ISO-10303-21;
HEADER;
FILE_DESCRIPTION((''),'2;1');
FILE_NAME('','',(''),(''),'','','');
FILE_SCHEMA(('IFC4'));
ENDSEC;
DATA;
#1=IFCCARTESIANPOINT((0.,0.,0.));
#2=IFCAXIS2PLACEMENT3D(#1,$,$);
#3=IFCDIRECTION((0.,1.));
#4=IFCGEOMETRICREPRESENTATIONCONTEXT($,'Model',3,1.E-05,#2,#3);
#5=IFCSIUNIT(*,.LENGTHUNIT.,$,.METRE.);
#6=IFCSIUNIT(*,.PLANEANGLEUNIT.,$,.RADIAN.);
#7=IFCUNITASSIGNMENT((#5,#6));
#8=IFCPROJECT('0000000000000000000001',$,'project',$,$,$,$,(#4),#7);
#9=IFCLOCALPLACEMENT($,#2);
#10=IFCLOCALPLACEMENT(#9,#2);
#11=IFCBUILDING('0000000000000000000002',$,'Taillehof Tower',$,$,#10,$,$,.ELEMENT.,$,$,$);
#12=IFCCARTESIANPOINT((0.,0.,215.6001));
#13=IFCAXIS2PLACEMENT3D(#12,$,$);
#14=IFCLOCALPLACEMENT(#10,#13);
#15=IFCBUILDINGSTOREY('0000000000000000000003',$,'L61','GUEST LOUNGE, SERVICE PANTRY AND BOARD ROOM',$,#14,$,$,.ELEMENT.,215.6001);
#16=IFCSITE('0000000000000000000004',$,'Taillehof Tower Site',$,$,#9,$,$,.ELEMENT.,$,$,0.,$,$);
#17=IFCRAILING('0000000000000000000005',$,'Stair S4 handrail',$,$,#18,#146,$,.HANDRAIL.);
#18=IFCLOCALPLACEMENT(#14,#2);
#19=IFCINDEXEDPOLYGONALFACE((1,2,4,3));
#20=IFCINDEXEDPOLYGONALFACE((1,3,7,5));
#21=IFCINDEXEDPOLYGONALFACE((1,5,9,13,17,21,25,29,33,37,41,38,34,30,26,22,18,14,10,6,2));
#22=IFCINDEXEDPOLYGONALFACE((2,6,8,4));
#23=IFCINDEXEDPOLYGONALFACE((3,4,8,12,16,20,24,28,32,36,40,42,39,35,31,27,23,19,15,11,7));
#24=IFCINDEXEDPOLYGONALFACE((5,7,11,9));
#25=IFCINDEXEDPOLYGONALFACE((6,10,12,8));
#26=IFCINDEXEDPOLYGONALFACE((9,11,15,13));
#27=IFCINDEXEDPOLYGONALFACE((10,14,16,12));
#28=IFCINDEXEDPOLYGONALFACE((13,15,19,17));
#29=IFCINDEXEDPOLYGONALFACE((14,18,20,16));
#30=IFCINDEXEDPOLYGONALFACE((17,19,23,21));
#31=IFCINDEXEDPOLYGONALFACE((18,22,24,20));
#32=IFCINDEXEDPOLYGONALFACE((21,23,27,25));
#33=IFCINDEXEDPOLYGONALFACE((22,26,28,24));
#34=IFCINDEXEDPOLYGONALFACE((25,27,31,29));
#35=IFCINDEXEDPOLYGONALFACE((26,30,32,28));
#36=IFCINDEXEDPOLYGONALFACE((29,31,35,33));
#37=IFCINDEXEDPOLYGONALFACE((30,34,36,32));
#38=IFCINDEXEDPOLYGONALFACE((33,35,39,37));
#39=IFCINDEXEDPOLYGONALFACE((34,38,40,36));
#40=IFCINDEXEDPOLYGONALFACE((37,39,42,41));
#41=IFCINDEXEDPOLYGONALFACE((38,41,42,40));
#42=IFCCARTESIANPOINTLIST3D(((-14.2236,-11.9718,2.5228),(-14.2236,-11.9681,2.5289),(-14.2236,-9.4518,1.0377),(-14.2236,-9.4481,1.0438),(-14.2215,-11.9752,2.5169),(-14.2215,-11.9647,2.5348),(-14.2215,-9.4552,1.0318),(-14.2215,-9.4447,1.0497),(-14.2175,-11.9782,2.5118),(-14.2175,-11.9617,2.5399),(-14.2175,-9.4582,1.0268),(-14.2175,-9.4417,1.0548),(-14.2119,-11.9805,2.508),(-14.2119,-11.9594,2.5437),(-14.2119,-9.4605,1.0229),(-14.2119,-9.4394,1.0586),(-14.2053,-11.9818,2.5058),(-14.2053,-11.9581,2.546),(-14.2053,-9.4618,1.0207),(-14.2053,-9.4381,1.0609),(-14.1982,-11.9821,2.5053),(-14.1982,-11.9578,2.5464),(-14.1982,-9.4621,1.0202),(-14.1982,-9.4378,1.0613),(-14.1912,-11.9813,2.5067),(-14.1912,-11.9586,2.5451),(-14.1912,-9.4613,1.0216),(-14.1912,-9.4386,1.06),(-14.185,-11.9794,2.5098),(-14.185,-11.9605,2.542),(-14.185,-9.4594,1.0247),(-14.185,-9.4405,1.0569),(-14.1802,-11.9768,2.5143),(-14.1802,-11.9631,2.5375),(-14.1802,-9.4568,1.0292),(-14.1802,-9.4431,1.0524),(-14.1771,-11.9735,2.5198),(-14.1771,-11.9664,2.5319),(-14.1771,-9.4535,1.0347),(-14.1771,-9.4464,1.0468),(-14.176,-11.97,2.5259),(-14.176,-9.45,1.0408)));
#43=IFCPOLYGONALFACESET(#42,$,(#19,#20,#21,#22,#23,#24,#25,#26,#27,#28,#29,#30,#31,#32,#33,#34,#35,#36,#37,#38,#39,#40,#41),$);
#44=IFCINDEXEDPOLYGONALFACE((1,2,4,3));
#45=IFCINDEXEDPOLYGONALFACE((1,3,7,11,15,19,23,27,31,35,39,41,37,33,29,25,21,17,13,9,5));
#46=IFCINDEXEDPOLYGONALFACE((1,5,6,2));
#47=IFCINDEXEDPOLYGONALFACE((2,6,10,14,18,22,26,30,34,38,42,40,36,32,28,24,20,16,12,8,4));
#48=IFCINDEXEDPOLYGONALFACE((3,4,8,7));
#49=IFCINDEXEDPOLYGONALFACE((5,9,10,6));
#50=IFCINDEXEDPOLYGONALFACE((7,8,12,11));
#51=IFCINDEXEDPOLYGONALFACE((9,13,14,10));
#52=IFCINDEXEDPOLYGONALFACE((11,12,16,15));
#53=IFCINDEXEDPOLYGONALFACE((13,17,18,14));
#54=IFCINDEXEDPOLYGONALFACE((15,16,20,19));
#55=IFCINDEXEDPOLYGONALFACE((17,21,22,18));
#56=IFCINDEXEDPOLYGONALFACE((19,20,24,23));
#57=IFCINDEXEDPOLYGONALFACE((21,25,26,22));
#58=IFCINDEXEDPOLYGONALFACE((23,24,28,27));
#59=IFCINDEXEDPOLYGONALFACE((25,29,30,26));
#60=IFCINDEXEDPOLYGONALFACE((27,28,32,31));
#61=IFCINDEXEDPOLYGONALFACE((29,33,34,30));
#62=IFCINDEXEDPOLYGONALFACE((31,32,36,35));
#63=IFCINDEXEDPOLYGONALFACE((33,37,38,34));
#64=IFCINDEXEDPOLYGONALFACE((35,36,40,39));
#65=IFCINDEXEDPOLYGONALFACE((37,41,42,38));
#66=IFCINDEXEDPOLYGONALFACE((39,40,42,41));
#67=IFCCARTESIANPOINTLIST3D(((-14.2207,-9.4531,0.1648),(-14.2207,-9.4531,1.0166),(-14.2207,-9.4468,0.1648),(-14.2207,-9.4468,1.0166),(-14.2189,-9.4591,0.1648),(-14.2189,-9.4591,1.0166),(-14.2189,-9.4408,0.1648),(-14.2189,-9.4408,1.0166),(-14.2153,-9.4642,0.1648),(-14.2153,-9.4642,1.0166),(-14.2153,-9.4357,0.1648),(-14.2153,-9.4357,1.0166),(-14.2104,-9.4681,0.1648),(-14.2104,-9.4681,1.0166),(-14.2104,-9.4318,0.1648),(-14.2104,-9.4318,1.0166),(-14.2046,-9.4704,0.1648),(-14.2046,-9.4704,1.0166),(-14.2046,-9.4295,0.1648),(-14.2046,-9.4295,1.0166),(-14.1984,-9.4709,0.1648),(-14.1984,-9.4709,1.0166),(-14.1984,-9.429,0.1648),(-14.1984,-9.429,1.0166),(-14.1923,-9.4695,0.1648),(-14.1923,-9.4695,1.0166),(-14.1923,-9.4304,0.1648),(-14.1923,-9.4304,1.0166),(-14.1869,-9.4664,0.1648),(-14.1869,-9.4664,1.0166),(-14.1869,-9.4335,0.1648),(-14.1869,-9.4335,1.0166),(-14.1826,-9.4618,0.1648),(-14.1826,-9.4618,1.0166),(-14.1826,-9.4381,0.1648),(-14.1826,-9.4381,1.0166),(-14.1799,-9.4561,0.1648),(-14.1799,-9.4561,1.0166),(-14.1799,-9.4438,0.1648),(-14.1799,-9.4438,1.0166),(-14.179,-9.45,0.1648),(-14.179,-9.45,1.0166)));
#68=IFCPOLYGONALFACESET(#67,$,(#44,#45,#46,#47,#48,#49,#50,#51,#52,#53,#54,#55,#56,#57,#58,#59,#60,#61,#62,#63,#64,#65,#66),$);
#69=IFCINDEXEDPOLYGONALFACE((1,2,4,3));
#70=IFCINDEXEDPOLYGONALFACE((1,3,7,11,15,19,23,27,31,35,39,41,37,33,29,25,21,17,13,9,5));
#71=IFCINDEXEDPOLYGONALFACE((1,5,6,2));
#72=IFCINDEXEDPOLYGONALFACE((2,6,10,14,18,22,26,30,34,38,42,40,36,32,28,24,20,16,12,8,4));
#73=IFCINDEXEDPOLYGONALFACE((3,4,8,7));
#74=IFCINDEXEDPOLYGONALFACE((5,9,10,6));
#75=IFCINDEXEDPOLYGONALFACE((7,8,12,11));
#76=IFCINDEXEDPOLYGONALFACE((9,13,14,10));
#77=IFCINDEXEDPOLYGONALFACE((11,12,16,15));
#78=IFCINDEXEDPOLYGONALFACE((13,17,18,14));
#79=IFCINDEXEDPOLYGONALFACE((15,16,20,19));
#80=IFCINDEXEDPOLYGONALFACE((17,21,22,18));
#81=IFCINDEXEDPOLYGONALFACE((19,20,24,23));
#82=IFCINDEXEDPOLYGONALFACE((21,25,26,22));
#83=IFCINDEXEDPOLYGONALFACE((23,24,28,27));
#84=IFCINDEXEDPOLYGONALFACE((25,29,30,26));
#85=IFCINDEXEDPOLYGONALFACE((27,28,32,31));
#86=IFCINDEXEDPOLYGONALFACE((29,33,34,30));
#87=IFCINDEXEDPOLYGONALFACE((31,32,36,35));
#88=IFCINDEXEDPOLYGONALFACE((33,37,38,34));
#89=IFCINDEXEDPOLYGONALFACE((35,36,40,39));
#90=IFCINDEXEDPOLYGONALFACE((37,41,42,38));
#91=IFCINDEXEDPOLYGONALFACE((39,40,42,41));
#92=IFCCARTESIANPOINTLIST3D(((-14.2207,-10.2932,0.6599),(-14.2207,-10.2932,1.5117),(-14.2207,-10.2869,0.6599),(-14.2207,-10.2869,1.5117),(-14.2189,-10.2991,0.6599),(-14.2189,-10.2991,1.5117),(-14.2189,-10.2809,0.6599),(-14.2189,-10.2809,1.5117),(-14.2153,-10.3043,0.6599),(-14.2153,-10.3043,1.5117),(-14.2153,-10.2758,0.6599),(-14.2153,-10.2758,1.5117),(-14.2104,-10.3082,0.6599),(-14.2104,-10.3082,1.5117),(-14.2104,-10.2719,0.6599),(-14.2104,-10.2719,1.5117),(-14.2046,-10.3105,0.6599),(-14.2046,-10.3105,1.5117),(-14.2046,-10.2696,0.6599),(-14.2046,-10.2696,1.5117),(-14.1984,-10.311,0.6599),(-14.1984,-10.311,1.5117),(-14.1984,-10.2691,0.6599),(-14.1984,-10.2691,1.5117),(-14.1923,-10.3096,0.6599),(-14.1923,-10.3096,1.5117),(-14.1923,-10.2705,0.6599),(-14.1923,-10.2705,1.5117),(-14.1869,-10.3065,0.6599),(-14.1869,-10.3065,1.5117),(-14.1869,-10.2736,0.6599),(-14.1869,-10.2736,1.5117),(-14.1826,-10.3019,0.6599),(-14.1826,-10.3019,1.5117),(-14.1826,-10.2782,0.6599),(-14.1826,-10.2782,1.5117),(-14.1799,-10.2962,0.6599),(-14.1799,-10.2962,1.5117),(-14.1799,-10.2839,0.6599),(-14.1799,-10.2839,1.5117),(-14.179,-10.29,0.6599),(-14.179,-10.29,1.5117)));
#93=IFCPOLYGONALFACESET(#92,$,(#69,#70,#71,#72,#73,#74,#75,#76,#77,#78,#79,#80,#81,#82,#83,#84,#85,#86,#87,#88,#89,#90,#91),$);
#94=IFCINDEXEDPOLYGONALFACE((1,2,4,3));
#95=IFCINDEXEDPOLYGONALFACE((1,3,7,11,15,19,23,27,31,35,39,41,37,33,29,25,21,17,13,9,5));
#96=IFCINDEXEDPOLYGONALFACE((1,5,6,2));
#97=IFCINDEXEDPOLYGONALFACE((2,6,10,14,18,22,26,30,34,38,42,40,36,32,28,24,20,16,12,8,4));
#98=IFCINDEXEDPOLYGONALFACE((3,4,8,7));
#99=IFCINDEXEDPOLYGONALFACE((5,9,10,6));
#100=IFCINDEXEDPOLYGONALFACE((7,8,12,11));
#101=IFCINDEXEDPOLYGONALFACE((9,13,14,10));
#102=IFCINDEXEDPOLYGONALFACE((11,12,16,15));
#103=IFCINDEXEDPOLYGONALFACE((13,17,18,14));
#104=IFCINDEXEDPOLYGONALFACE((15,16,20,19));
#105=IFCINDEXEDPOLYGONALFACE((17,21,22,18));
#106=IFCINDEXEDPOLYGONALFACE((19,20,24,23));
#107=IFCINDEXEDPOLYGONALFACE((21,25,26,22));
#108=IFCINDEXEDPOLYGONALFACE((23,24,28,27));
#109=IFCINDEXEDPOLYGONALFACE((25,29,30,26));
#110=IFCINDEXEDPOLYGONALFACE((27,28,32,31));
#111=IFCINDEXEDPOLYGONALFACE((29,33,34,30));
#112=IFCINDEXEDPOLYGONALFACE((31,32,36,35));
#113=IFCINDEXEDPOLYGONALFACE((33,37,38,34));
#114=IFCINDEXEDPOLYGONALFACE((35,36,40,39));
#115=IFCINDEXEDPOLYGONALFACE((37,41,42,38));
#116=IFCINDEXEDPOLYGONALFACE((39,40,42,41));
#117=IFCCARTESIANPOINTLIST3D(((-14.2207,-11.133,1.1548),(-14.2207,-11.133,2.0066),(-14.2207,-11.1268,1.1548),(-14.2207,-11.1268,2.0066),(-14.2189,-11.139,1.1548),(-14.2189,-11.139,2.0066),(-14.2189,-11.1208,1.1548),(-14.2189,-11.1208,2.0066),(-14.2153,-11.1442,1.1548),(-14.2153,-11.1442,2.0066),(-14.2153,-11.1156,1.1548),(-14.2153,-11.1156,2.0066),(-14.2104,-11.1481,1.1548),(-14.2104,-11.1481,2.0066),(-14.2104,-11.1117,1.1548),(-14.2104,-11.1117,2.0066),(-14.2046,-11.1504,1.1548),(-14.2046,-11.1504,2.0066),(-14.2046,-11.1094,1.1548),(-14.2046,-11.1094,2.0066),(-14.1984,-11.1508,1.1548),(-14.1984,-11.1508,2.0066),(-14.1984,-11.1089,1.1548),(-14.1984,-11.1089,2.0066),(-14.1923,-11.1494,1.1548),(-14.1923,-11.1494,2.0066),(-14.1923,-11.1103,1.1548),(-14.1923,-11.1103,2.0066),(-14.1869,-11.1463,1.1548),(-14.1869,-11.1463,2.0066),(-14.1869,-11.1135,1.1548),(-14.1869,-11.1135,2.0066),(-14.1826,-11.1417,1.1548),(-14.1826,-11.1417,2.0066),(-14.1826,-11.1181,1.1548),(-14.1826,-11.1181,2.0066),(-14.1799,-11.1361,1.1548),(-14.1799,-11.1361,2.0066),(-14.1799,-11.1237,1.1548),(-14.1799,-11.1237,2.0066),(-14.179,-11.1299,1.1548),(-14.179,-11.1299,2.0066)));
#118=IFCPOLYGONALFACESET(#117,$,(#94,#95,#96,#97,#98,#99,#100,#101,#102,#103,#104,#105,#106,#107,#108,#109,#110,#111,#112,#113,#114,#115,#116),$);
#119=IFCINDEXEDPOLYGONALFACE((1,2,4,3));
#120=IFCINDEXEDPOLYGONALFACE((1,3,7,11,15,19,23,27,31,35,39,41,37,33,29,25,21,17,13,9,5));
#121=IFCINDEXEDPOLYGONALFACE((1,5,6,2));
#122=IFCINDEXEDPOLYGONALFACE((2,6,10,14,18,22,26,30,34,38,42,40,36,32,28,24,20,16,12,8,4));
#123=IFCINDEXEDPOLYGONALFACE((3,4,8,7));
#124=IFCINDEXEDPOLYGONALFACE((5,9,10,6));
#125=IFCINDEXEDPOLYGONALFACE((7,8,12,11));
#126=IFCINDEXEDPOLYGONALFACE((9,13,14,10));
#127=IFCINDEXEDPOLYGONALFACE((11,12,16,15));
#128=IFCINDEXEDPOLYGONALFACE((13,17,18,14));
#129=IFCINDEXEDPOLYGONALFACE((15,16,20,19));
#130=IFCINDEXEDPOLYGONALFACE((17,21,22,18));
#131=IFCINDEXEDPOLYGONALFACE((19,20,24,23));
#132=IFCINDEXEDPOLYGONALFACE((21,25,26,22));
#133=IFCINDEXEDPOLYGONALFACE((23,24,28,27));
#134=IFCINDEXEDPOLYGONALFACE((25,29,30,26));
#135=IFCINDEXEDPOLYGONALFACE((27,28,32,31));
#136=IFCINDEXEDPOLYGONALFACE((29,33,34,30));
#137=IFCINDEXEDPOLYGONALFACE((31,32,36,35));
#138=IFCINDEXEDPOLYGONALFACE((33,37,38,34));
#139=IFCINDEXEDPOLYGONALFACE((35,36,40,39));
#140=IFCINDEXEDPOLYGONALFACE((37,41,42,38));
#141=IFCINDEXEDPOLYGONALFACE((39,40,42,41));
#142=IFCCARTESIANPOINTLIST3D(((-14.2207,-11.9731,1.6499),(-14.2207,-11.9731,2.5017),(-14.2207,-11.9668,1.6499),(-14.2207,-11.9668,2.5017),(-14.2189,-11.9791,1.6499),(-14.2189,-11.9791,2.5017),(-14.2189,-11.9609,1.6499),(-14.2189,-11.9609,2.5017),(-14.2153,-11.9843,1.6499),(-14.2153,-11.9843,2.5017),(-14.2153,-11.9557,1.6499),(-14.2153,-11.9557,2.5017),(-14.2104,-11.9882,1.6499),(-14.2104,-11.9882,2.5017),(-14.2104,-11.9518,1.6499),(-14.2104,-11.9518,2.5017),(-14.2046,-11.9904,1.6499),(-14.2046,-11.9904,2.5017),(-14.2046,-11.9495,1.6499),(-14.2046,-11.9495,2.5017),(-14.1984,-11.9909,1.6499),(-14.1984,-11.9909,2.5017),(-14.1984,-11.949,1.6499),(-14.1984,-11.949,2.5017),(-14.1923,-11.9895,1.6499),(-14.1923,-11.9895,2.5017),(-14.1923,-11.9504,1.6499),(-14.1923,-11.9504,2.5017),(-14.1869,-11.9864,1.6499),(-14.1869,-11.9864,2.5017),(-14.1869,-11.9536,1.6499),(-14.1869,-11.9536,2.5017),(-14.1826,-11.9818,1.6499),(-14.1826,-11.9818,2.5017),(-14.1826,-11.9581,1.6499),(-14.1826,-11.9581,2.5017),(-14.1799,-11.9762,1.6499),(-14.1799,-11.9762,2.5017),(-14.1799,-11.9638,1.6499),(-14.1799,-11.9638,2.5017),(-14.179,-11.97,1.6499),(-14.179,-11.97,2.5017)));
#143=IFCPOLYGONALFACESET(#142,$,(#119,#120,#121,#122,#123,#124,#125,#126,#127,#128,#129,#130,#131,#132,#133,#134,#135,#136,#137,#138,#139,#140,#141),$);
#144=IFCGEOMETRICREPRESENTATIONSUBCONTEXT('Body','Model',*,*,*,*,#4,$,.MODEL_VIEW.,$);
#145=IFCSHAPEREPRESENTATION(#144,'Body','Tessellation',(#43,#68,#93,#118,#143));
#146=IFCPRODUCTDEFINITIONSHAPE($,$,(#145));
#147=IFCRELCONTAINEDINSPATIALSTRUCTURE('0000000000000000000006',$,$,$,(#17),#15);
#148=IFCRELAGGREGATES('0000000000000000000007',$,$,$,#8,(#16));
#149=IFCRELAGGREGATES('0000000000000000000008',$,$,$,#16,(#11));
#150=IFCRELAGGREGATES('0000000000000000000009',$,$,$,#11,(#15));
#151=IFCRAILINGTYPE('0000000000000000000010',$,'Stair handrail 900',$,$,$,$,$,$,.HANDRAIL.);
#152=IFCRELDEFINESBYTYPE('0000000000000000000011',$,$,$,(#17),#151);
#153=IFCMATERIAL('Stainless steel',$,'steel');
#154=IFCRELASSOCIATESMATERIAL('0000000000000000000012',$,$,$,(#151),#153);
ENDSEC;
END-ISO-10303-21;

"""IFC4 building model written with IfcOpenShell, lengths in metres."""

from ifc_helpers import new_model, si_unit, direction, frame, origin, origin_2d, place, context, subcontext, project, spatial, circle, extrude, material, type_object, element, save


model = new_model("IFC4")

# Units and contexts
model_context = context("Model", 3, precision=1e-05, world=origin(), true_north=direction((0.0, 1.0)))
body_context = subcontext(model_context, "Body", "Model", "MODEL_VIEW")
ifc_project = project(units=[si_unit("LENGTHUNIT", "METRE"), si_unit("PLANEANGLEUNIT", "RADIAN")], contexts=[model_context])

# Site, building, storey
site_placement = place(None, origin())
site = spatial("IfcSite", under=ifc_project, at=site_placement, Name="Taillehof Tower Site", CompositionType="ELEMENT", RefElevation=0.0)
building_placement = place(site_placement, origin())
building = spatial("IfcBuilding", under=site, at=building_placement, Name="Taillehof Tower", CompositionType="ELEMENT")
storey_placement = place(building_placement, frame((0.0, 0.0, 215.6001)))
storey = spatial("IfcBuildingStorey", under=building, at=storey_placement, Name="L61", Description="GUEST LOUNGE, SERVICE PANTRY AND BOARD ROOM", CompositionType="ELEMENT", Elevation=215.6001)

# Railing
ifc_material_1 = material(Name="Stainless steel", Category="steel")
railing_type_1 = type_object("IfcRailingType", Name="Stair handrail 900", PredefinedType="HANDRAIL", material=ifc_material_1)
railing_1_placement = place(storey_placement, frame((-14.2, -9.45, 0.1648)))
element("IfcRailing", 1, at=railing_1_placement, inside=storey, type_object=railing_type_1, Name="Stair S4 handrail", PredefinedType="HANDRAIL", context=body_context, shape_type="SweptSolid", body=[
    extrude(circle(Radius=0.0239, at=origin_2d()), frame((0.0, 0.0, 0.876), z_axis=(0.0, -0.861524, 0.507717), x_axis=(1.0, 0.0, 0.0)), (0.0, 0.0, 1.0), 2.925),
    extrude(circle(Radius=0.021, at=origin_2d()), origin(), (0.0, 0.0, 1.0), 0.8518),
    extrude(circle(Radius=0.021, at=origin_2d()), frame((0.0, -0.8401, 0.4951)), (0.0, 0.0, 1.0), 0.8518),
    extrude(circle(Radius=0.021, at=origin_2d()), frame((0.0, -1.6799, 0.99)), (0.0, 0.0, 1.0), 0.8518),
    extrude(circle(Radius=0.021, at=origin_2d()), frame((0.0, -2.52, 1.4851)), (0.0, 0.0, 1.0), 0.8518),
])

save(model, "model.ifc")
